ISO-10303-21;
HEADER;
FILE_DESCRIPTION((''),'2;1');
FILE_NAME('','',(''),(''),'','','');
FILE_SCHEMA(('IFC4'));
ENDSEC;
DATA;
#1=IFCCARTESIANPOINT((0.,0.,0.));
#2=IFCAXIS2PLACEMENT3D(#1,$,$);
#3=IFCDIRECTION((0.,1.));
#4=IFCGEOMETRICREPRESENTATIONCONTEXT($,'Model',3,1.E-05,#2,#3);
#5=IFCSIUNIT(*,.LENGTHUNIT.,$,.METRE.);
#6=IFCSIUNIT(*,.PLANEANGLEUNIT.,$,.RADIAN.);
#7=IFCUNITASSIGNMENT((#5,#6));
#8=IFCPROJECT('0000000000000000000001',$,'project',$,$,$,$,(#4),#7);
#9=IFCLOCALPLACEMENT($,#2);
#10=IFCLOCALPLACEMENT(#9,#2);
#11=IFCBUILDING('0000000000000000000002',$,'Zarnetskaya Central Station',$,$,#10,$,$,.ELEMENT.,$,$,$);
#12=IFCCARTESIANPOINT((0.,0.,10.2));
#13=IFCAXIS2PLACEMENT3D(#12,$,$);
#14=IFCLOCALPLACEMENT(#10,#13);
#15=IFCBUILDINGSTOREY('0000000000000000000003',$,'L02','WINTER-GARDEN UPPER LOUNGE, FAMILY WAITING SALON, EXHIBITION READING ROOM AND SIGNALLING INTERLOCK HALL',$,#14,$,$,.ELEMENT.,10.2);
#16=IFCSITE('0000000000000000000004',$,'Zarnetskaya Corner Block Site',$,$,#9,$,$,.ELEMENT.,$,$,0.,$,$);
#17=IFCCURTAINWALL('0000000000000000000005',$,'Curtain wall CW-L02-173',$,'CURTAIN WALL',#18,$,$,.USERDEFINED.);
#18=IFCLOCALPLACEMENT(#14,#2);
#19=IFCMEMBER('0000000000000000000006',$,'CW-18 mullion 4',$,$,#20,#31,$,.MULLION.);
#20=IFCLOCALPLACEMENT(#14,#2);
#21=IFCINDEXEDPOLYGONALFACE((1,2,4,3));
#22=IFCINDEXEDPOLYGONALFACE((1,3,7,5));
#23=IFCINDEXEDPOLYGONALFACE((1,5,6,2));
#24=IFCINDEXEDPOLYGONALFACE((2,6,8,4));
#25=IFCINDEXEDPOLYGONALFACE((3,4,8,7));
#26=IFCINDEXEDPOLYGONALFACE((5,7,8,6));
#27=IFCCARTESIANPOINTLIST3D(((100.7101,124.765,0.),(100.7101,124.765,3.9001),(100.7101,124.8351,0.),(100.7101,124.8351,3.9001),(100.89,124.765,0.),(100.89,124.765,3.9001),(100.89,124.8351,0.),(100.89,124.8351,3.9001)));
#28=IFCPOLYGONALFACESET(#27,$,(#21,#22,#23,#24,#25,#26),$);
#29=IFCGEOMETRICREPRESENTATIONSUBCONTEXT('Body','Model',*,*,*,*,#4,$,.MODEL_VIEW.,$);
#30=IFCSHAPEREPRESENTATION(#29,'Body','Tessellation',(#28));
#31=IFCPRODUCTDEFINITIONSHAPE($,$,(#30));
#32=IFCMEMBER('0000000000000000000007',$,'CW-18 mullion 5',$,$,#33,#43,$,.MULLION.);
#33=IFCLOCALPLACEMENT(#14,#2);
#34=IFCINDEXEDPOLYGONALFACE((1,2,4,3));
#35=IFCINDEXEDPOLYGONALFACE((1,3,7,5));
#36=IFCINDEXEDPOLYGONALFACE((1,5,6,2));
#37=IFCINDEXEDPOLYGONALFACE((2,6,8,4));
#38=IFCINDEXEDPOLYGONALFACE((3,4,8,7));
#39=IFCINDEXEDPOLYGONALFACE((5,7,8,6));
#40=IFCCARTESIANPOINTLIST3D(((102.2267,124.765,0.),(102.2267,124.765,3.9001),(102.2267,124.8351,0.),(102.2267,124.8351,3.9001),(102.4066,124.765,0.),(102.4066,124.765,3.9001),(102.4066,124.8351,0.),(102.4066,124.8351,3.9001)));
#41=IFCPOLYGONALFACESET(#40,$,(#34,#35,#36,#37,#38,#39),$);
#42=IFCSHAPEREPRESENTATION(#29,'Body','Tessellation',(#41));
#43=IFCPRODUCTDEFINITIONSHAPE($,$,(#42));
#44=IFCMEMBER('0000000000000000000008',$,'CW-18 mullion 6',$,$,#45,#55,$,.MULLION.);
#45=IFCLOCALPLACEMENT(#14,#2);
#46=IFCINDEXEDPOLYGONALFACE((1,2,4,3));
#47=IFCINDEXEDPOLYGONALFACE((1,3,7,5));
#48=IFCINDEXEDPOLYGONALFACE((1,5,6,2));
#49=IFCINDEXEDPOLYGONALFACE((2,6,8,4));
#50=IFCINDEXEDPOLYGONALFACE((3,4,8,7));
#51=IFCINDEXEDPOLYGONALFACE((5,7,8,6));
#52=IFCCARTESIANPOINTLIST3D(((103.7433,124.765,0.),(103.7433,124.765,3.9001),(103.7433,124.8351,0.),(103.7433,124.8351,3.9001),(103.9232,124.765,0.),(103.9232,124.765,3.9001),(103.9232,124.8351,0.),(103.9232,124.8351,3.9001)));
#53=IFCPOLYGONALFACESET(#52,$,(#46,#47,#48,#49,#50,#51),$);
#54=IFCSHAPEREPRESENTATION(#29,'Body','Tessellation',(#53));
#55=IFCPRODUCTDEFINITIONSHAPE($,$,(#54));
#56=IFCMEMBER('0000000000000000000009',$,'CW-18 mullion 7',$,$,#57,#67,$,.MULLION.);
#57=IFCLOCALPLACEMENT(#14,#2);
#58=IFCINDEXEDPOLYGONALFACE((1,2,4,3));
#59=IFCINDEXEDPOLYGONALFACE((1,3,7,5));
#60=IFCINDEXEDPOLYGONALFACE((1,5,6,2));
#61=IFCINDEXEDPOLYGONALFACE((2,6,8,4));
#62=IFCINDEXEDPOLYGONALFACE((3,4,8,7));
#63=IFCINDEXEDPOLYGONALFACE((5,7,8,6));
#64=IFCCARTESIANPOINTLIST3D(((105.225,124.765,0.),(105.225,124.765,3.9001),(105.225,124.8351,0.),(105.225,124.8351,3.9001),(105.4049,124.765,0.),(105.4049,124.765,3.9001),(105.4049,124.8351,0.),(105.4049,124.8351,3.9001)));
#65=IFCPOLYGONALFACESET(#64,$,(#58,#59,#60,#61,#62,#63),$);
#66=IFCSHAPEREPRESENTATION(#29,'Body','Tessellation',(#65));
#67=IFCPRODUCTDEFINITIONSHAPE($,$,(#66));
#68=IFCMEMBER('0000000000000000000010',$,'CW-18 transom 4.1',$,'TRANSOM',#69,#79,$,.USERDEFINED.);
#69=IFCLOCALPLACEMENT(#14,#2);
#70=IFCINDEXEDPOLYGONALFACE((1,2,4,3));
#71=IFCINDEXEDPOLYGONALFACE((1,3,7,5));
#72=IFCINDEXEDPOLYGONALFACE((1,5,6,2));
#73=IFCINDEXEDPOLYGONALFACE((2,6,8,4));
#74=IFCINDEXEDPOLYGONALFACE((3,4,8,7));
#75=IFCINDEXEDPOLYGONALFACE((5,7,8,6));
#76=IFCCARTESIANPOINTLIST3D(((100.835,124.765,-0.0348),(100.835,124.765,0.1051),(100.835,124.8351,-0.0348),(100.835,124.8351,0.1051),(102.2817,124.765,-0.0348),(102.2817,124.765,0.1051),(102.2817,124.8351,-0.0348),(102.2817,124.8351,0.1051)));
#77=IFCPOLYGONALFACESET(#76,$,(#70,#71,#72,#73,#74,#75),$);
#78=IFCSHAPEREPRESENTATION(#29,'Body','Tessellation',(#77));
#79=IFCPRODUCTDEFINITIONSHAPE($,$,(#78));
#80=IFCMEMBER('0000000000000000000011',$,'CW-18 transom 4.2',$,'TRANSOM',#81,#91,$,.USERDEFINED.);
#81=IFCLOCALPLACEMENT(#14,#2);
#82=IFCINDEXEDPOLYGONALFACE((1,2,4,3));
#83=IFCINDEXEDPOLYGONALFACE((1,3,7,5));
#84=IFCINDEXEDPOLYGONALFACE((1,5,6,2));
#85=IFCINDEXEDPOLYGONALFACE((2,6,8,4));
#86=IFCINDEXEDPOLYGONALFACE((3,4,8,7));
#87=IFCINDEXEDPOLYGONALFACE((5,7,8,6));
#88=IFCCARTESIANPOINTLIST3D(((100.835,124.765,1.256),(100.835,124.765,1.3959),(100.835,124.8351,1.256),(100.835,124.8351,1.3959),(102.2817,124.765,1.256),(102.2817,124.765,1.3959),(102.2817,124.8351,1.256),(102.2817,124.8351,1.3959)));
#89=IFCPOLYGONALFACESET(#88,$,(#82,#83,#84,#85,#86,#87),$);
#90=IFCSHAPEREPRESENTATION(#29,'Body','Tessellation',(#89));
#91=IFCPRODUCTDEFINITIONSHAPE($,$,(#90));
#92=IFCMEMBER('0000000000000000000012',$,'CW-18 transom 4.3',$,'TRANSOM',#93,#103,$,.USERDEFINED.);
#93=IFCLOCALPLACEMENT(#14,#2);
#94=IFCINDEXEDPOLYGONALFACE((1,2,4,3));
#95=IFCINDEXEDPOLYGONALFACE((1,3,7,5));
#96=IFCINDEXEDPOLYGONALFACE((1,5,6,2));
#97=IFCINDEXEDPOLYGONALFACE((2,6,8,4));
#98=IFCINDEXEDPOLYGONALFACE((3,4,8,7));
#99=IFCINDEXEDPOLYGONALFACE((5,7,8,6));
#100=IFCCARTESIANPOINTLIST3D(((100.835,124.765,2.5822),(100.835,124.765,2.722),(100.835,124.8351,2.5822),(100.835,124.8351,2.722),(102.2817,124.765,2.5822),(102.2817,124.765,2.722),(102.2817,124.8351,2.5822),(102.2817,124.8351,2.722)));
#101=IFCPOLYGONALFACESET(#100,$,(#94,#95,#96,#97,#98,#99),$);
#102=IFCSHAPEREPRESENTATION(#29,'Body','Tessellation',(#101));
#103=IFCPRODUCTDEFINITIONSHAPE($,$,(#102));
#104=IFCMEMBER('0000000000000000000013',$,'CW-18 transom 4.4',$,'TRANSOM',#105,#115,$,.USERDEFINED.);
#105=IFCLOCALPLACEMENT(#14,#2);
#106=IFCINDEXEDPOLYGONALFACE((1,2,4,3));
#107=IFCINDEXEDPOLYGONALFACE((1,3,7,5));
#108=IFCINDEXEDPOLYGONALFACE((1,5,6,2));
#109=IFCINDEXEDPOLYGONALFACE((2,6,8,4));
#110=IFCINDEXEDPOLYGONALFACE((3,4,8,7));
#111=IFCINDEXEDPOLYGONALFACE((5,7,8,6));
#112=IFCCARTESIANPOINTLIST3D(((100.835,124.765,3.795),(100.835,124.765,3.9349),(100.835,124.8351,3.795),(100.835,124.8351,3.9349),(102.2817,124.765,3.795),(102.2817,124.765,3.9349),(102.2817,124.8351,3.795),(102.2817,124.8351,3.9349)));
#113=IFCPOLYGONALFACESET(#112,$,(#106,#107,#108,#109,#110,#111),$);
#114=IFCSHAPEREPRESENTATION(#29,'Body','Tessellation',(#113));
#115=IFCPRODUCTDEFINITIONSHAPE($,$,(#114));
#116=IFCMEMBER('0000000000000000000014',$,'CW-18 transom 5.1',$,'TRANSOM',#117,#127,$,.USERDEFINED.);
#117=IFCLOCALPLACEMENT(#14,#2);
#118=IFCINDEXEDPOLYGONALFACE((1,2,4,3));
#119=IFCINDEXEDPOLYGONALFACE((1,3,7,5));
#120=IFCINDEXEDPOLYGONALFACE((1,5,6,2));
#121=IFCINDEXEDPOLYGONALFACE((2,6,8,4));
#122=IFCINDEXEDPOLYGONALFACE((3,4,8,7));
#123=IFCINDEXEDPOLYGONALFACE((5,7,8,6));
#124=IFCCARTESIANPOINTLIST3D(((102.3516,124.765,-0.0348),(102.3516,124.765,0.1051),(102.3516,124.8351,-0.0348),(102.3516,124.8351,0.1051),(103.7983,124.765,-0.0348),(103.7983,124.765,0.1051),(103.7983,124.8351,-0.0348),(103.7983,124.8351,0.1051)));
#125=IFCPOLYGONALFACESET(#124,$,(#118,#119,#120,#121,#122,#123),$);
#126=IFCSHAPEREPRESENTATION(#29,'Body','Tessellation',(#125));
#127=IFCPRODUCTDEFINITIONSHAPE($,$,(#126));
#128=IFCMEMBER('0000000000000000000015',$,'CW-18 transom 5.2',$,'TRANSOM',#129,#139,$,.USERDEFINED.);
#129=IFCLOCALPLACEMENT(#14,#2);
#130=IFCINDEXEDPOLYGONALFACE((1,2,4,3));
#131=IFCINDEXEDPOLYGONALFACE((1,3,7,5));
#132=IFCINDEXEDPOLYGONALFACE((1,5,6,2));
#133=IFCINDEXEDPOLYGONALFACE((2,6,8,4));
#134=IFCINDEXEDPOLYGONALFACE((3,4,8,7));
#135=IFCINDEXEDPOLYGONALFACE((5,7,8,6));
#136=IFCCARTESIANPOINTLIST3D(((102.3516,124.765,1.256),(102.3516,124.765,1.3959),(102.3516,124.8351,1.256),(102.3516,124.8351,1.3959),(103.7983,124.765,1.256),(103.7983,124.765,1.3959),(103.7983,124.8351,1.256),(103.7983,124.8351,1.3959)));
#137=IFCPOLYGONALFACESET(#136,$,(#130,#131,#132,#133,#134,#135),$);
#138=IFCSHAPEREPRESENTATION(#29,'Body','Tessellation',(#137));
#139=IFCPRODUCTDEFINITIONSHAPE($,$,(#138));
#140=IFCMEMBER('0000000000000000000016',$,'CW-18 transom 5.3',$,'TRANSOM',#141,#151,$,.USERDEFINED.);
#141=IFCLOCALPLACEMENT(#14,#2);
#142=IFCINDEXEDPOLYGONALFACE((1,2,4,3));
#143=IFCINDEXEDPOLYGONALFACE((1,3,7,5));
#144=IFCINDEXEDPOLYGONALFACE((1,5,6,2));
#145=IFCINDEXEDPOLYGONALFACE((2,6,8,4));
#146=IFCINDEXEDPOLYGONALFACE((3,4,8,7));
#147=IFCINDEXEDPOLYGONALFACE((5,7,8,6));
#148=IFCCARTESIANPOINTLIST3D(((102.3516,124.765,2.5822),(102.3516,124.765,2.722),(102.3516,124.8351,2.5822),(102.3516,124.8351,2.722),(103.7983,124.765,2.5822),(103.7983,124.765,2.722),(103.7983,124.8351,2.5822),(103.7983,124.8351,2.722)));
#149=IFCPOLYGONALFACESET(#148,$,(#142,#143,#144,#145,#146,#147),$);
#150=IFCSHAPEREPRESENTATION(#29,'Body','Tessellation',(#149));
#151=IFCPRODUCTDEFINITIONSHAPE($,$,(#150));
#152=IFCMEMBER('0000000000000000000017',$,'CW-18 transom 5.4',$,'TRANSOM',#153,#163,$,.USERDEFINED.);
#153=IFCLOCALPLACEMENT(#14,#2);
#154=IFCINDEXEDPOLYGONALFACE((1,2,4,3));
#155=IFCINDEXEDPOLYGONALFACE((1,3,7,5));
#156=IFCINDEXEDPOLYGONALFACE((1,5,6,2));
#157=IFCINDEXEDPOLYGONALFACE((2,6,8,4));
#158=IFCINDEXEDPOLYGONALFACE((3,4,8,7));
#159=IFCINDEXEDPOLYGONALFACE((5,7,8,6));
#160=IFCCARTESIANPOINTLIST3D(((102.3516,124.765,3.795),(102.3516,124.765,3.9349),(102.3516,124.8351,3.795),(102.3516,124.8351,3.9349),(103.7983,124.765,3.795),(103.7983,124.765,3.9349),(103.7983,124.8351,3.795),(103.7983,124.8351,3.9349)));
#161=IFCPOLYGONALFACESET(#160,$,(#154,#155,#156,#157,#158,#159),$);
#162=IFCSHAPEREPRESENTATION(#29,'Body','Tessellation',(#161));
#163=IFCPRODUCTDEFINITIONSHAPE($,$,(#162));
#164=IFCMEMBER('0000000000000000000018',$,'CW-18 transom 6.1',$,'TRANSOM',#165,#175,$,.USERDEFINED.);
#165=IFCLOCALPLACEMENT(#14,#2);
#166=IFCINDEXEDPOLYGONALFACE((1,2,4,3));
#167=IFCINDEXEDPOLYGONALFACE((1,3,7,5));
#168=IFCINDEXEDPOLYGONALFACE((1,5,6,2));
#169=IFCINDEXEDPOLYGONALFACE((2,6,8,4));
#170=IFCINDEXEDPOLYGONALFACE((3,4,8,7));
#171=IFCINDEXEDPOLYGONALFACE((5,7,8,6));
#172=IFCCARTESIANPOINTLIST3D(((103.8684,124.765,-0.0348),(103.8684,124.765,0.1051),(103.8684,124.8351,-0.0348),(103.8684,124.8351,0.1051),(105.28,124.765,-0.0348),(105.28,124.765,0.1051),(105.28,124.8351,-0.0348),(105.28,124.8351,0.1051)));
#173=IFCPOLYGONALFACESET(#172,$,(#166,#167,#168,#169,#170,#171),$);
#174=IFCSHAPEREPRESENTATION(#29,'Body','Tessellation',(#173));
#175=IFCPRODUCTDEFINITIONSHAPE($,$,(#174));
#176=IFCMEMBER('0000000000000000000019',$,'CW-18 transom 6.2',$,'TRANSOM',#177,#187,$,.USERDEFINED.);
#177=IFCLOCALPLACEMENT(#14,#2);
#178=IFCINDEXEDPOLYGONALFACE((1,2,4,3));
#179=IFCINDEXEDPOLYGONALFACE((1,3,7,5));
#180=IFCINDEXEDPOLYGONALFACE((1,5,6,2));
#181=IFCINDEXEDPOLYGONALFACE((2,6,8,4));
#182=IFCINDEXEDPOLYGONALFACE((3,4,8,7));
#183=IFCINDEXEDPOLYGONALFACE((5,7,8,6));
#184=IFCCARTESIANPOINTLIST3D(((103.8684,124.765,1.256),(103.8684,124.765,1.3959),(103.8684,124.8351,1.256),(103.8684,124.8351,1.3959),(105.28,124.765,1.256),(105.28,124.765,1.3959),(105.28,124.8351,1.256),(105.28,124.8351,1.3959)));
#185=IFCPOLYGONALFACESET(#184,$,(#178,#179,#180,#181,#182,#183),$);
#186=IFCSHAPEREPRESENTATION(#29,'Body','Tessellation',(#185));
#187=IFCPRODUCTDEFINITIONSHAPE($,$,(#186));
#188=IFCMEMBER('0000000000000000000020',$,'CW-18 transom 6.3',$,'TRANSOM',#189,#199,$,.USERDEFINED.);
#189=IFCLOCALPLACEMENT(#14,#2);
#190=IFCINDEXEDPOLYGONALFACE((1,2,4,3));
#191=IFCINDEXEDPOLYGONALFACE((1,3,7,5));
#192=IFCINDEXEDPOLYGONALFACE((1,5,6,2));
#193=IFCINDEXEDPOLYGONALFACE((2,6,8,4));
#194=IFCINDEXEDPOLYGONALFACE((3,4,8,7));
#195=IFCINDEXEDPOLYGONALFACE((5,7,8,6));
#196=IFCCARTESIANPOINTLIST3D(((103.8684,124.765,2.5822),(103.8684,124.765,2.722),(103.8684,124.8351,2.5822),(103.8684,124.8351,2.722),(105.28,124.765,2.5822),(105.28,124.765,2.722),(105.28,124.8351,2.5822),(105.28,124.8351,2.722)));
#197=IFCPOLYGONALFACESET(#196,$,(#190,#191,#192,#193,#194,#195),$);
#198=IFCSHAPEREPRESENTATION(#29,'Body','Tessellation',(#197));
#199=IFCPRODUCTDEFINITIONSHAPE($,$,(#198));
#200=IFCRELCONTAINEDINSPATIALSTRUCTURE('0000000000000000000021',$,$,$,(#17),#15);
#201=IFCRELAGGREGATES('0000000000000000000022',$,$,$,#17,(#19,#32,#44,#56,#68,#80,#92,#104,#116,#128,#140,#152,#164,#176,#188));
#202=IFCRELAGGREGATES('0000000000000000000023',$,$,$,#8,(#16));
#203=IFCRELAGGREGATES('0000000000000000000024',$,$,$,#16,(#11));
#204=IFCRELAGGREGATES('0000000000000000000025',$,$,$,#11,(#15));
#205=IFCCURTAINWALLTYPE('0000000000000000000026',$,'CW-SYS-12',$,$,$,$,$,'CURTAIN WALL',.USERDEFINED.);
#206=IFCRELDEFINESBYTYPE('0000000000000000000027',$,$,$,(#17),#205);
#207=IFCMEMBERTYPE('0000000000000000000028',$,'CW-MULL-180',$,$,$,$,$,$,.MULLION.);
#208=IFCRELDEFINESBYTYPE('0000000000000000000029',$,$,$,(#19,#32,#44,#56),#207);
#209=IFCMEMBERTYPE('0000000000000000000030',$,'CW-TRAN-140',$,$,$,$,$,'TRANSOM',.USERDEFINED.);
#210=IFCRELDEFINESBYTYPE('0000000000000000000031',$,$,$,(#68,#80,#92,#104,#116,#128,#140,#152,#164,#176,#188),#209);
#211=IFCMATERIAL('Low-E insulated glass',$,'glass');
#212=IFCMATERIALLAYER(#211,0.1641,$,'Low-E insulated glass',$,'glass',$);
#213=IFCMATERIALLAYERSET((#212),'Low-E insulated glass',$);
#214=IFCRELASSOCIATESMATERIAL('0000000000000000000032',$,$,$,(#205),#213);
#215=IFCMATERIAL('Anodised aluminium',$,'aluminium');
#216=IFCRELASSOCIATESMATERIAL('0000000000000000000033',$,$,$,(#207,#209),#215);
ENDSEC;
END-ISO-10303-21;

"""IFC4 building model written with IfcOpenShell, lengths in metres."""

from ifc_helpers import new_model, si_unit, direction, frame, origin, origin_2d, place, context, subcontext, project, spatial, rectangle, extrude, material, layer, layer_set, material_profile, profile_set, type_object, element, aggregate, save


model = new_model("IFC4")

# Units and contexts
model_context = context("Model", 3, precision=1e-05, world=origin(), true_north=direction((0.0, 1.0)))
body_context = subcontext(model_context, "Body", "Model", "MODEL_VIEW")
ifc_project = project(units=[si_unit("LENGTHUNIT", "METRE"), si_unit("PLANEANGLEUNIT", "RADIAN")], contexts=[model_context])

# Site, building, storey
site_placement = place(None, origin())
site = spatial("IfcSite", under=ifc_project, at=site_placement, Name="Zarnetskaya Corner Block Site", CompositionType="ELEMENT", RefElevation=0.0)
building_placement = place(site_placement, origin())
building = spatial("IfcBuilding", under=site, at=building_placement, Name="Zarnetskaya Central Station", CompositionType="ELEMENT")
storey_placement = place(building_placement, frame((0.0, 0.0, 10.2)))
storey = spatial("IfcBuildingStorey", under=building, at=storey_placement, Name="L02", Description="WINTER-GARDEN UPPER LOUNGE, FAMILY WAITING SALON, EXHIBITION READING ROOM AND SIGNALLING INTERLOCK HALL", CompositionType="ELEMENT", Elevation=10.2)

# Curtain wall, members
ifc_material_1 = material(Name="Low-E insulated glass", Category="glass")
ifc_layer_1 = layer(ifc_material_1, 0.1641, Name="Low-E insulated glass", Category="glass")
ifc_layer_set_1 = layer_set([ifc_layer_1], Name="Low-E insulated glass")
curtain_wall_type = type_object("IfcCurtainWallType", Name="CW-SYS-12", ElementType="CURTAIN WALL", PredefinedType="USERDEFINED", material=ifc_layer_set_1)
curtain_wall_placement = place(storey_placement, origin())
curtain_wall = element("IfcCurtainWall", 1, at=curtain_wall_placement, inside=storey, type_object=curtain_wall_type, Name="Curtain wall CW-L02-173", ObjectType="CURTAIN WALL", PredefinedType="USERDEFINED")
ifc_material_2 = material(Name="Anodised aluminium", Category="aluminium")
ifc_material_profile_1 = material_profile(ifc_material_2, rectangle(XDim=0.0701, YDim=0.1799, at=origin_2d()), Name="ALU MULL 70x180")
ifc_profile_set_1 = profile_set([ifc_material_profile_1], Name="Anodised aluminium")
member_type_1 = type_object("IfcMemberType", Name="CW-MULL-180", PredefinedType="MULLION", material=ifc_profile_set_1)
member_1_placement = place(storey_placement, frame((100.8, 124.8, 0.0), z_axis=(0.0, 0.0, 1.0), x_axis=(0.0, 1.0, 0.0)))
member_1 = element("IfcMember", 2, at=member_1_placement, type_object=member_type_1, Name="CW-18 mullion 4", PredefinedType="MULLION", context=body_context, shape_type="SweptSolid", body=[
    extrude(rectangle(XDim=0.0701, YDim=0.1799, at=origin_2d()), origin(), (0.0, 0.0, 1.0), 3.9001),
])
member_2_placement = place(storey_placement, frame((102.3167, 124.8, 0.0), z_axis=(0.0, 0.0, 1.0), x_axis=(0.0, 1.0, 0.0)))
member_2 = element("IfcMember", 3, at=member_2_placement, type_object=member_type_1, Name="CW-18 mullion 5", PredefinedType="MULLION", context=body_context, shape_type="SweptSolid", body=[
    extrude(rectangle(XDim=0.0701, YDim=0.1799, at=origin_2d()), origin(), (0.0, 0.0, 1.0), 3.9001),
])
member_3_placement = place(storey_placement, frame((103.8333, 124.8, 0.0), z_axis=(0.0, 0.0, 1.0), x_axis=(0.0, 1.0, 0.0)))
member_3 = element("IfcMember", 4, at=member_3_placement, type_object=member_type_1, Name="CW-18 mullion 6", PredefinedType="MULLION", context=body_context, shape_type="SweptSolid", body=[
    extrude(rectangle(XDim=0.0701, YDim=0.1799, at=origin_2d()), origin(), (0.0, 0.0, 1.0), 3.9001),
])
member_4_placement = place(storey_placement, frame((105.3149, 124.8, 0.0), z_axis=(0.0, 0.0, 1.0), x_axis=(0.0, 1.0, 0.0)))
member_4 = element("IfcMember", 5, at=member_4_placement, type_object=member_type_1, Name="CW-18 mullion 7", PredefinedType="MULLION", context=body_context, shape_type="SweptSolid", body=[
    extrude(rectangle(XDim=0.0701, YDim=0.1799, at=origin_2d()), origin(), (0.0, 0.0, 1.0), 3.9001),
])
ifc_material_profile_2 = material_profile(ifc_material_2, rectangle(XDim=0.0701, YDim=0.1399, at=origin_2d()), Name="ALU TRAN 70x140")
ifc_profile_set_2 = profile_set([ifc_material_profile_2], Name="Anodised aluminium")
member_type_2 = type_object("IfcMemberType", Name="CW-TRAN-140", ElementType="TRANSOM", PredefinedType="USERDEFINED", material=ifc_profile_set_2)
member_5_placement = place(storey_placement, frame((100.835, 124.8, 0.0352), z_axis=(1.0, 0.0, 0.0), x_axis=(0.0, 1.0, 0.0)))
member_5 = element("IfcMember", 6, at=member_5_placement, type_object=member_type_2, Name="CW-18 transom 4.1", ObjectType="TRANSOM", PredefinedType="USERDEFINED", context=body_context, shape_type="SweptSolid", body=[
    extrude(rectangle(XDim=0.0701, YDim=0.1399, at=origin_2d()), origin(), (0.0, 0.0, 1.0), 1.4468),
])
member_6_placement = place(storey_placement, frame((100.835, 124.8, 1.3259), z_axis=(1.0, 0.0, 0.0), x_axis=(0.0, 1.0, 0.0)))
member_6 = element("IfcMember", 7, at=member_6_placement, type_object=member_type_2, Name="CW-18 transom 4.2", ObjectType="TRANSOM", PredefinedType="USERDEFINED", context=body_context, shape_type="SweptSolid", body=[
    extrude(rectangle(XDim=0.0701, YDim=0.1399, at=origin_2d()), origin(), (0.0, 0.0, 1.0), 1.4468),
])
member_7_placement = place(storey_placement, frame((100.835, 124.8, 2.6521), z_axis=(1.0, 0.0, 0.0), x_axis=(0.0, 1.0, 0.0)))
member_7 = element("IfcMember", 8, at=member_7_placement, type_object=member_type_2, Name="CW-18 transom 4.3", ObjectType="TRANSOM", PredefinedType="USERDEFINED", context=body_context, shape_type="SweptSolid", body=[
    extrude(rectangle(XDim=0.0701, YDim=0.1399, at=origin_2d()), origin(), (0.0, 0.0, 1.0), 1.4468),
])
member_8_placement = place(storey_placement, frame((100.835, 124.8, 3.865), z_axis=(1.0, 0.0, 0.0), x_axis=(0.0, 1.0, 0.0)))
member_8 = element("IfcMember", 9, at=member_8_placement, type_object=member_type_2, Name="CW-18 transom 4.4", ObjectType="TRANSOM", PredefinedType="USERDEFINED", context=body_context, shape_type="SweptSolid", body=[
    extrude(rectangle(XDim=0.0701, YDim=0.1399, at=origin_2d()), origin(), (0.0, 0.0, 1.0), 1.4468),
])
member_9_placement = place(storey_placement, frame((102.3516, 124.8, 0.0352), z_axis=(1.0, 0.0, 0.0), x_axis=(0.0, 1.0, 0.0)))
member_9 = element("IfcMember", 10, at=member_9_placement, type_object=member_type_2, Name="CW-18 transom 5.1", ObjectType="TRANSOM", PredefinedType="USERDEFINED", context=body_context, shape_type="SweptSolid", body=[
    extrude(rectangle(XDim=0.0701, YDim=0.1399, at=origin_2d()), origin(), (0.0, 0.0, 1.0), 1.4468),
])
member_10_placement = place(storey_placement, frame((102.3516, 124.8, 1.3259), z_axis=(1.0, 0.0, 0.0), x_axis=(0.0, 1.0, 0.0)))
member_10 = element("IfcMember", 11, at=member_10_placement, type_object=member_type_2, Name="CW-18 transom 5.2", ObjectType="TRANSOM", PredefinedType="USERDEFINED", context=body_context, shape_type="SweptSolid", body=[
    extrude(rectangle(XDim=0.0701, YDim=0.1399, at=origin_2d()), origin(), (0.0, 0.0, 1.0), 1.4468),
])
member_11_placement = place(storey_placement, frame((102.3516, 124.8, 2.6521), z_axis=(1.0, 0.0, 0.0), x_axis=(0.0, 1.0, 0.0)))
member_11 = element("IfcMember", 12, at=member_11_placement, type_object=member_type_2, Name="CW-18 transom 5.3", ObjectType="TRANSOM", PredefinedType="USERDEFINED", context=body_context, shape_type="SweptSolid", body=[
    extrude(rectangle(XDim=0.0701, YDim=0.1399, at=origin_2d()), origin(), (0.0, 0.0, 1.0), 1.4468),
])
member_12_placement = place(storey_placement, frame((102.3516, 124.8, 3.865), z_axis=(1.0, 0.0, 0.0), x_axis=(0.0, 1.0, 0.0)))
member_12 = element("IfcMember", 13, at=member_12_placement, type_object=member_type_2, Name="CW-18 transom 5.4", ObjectType="TRANSOM", PredefinedType="USERDEFINED", context=body_context, shape_type="SweptSolid", body=[
    extrude(rectangle(XDim=0.0701, YDim=0.1399, at=origin_2d()), origin(), (0.0, 0.0, 1.0), 1.4468),
])
member_13_placement = place(storey_placement, frame((103.8684, 124.8, 0.0352), z_axis=(1.0, 0.0, 0.0), x_axis=(0.0, 1.0, 0.0)))
member_13 = element("IfcMember", 14, at=member_13_placement, type_object=member_type_2, Name="CW-18 transom 6.1", ObjectType="TRANSOM", PredefinedType="USERDEFINED", context=body_context, shape_type="SweptSolid", body=[
    extrude(rectangle(XDim=0.0701, YDim=0.1399, at=origin_2d()), origin(), (0.0, 0.0, 1.0), 1.4116),
])
member_14_placement = place(storey_placement, frame((103.8684, 124.8, 1.3259), z_axis=(1.0, 0.0, 0.0), x_axis=(0.0, 1.0, 0.0)))
member_14 = element("IfcMember", 15, at=member_14_placement, type_object=member_type_2, Name="CW-18 transom 6.2", ObjectType="TRANSOM", PredefinedType="USERDEFINED", context=body_context, shape_type="SweptSolid", body=[
    extrude(rectangle(XDim=0.0701, YDim=0.1399, at=origin_2d()), origin(), (0.0, 0.0, 1.0), 1.4116),
])
member_15_placement = place(storey_placement, frame((103.8684, 124.8, 2.6521), z_axis=(1.0, 0.0, 0.0), x_axis=(0.0, 1.0, 0.0)))
member_15 = element("IfcMember", 16, at=member_15_placement, type_object=member_type_2, Name="CW-18 transom 6.3", ObjectType="TRANSOM", PredefinedType="USERDEFINED", context=body_context, shape_type="SweptSolid", body=[
    extrude(rectangle(XDim=0.0701, YDim=0.1399, at=origin_2d()), origin(), (0.0, 0.0, 1.0), 1.4116),
])
aggregate(curtain_wall, [member_1, member_2, member_3, member_4, member_5, member_6, member_7, member_8, member_9, member_10, member_11, member_12, member_13, member_14, member_15])

save(model, "model.ifc")
